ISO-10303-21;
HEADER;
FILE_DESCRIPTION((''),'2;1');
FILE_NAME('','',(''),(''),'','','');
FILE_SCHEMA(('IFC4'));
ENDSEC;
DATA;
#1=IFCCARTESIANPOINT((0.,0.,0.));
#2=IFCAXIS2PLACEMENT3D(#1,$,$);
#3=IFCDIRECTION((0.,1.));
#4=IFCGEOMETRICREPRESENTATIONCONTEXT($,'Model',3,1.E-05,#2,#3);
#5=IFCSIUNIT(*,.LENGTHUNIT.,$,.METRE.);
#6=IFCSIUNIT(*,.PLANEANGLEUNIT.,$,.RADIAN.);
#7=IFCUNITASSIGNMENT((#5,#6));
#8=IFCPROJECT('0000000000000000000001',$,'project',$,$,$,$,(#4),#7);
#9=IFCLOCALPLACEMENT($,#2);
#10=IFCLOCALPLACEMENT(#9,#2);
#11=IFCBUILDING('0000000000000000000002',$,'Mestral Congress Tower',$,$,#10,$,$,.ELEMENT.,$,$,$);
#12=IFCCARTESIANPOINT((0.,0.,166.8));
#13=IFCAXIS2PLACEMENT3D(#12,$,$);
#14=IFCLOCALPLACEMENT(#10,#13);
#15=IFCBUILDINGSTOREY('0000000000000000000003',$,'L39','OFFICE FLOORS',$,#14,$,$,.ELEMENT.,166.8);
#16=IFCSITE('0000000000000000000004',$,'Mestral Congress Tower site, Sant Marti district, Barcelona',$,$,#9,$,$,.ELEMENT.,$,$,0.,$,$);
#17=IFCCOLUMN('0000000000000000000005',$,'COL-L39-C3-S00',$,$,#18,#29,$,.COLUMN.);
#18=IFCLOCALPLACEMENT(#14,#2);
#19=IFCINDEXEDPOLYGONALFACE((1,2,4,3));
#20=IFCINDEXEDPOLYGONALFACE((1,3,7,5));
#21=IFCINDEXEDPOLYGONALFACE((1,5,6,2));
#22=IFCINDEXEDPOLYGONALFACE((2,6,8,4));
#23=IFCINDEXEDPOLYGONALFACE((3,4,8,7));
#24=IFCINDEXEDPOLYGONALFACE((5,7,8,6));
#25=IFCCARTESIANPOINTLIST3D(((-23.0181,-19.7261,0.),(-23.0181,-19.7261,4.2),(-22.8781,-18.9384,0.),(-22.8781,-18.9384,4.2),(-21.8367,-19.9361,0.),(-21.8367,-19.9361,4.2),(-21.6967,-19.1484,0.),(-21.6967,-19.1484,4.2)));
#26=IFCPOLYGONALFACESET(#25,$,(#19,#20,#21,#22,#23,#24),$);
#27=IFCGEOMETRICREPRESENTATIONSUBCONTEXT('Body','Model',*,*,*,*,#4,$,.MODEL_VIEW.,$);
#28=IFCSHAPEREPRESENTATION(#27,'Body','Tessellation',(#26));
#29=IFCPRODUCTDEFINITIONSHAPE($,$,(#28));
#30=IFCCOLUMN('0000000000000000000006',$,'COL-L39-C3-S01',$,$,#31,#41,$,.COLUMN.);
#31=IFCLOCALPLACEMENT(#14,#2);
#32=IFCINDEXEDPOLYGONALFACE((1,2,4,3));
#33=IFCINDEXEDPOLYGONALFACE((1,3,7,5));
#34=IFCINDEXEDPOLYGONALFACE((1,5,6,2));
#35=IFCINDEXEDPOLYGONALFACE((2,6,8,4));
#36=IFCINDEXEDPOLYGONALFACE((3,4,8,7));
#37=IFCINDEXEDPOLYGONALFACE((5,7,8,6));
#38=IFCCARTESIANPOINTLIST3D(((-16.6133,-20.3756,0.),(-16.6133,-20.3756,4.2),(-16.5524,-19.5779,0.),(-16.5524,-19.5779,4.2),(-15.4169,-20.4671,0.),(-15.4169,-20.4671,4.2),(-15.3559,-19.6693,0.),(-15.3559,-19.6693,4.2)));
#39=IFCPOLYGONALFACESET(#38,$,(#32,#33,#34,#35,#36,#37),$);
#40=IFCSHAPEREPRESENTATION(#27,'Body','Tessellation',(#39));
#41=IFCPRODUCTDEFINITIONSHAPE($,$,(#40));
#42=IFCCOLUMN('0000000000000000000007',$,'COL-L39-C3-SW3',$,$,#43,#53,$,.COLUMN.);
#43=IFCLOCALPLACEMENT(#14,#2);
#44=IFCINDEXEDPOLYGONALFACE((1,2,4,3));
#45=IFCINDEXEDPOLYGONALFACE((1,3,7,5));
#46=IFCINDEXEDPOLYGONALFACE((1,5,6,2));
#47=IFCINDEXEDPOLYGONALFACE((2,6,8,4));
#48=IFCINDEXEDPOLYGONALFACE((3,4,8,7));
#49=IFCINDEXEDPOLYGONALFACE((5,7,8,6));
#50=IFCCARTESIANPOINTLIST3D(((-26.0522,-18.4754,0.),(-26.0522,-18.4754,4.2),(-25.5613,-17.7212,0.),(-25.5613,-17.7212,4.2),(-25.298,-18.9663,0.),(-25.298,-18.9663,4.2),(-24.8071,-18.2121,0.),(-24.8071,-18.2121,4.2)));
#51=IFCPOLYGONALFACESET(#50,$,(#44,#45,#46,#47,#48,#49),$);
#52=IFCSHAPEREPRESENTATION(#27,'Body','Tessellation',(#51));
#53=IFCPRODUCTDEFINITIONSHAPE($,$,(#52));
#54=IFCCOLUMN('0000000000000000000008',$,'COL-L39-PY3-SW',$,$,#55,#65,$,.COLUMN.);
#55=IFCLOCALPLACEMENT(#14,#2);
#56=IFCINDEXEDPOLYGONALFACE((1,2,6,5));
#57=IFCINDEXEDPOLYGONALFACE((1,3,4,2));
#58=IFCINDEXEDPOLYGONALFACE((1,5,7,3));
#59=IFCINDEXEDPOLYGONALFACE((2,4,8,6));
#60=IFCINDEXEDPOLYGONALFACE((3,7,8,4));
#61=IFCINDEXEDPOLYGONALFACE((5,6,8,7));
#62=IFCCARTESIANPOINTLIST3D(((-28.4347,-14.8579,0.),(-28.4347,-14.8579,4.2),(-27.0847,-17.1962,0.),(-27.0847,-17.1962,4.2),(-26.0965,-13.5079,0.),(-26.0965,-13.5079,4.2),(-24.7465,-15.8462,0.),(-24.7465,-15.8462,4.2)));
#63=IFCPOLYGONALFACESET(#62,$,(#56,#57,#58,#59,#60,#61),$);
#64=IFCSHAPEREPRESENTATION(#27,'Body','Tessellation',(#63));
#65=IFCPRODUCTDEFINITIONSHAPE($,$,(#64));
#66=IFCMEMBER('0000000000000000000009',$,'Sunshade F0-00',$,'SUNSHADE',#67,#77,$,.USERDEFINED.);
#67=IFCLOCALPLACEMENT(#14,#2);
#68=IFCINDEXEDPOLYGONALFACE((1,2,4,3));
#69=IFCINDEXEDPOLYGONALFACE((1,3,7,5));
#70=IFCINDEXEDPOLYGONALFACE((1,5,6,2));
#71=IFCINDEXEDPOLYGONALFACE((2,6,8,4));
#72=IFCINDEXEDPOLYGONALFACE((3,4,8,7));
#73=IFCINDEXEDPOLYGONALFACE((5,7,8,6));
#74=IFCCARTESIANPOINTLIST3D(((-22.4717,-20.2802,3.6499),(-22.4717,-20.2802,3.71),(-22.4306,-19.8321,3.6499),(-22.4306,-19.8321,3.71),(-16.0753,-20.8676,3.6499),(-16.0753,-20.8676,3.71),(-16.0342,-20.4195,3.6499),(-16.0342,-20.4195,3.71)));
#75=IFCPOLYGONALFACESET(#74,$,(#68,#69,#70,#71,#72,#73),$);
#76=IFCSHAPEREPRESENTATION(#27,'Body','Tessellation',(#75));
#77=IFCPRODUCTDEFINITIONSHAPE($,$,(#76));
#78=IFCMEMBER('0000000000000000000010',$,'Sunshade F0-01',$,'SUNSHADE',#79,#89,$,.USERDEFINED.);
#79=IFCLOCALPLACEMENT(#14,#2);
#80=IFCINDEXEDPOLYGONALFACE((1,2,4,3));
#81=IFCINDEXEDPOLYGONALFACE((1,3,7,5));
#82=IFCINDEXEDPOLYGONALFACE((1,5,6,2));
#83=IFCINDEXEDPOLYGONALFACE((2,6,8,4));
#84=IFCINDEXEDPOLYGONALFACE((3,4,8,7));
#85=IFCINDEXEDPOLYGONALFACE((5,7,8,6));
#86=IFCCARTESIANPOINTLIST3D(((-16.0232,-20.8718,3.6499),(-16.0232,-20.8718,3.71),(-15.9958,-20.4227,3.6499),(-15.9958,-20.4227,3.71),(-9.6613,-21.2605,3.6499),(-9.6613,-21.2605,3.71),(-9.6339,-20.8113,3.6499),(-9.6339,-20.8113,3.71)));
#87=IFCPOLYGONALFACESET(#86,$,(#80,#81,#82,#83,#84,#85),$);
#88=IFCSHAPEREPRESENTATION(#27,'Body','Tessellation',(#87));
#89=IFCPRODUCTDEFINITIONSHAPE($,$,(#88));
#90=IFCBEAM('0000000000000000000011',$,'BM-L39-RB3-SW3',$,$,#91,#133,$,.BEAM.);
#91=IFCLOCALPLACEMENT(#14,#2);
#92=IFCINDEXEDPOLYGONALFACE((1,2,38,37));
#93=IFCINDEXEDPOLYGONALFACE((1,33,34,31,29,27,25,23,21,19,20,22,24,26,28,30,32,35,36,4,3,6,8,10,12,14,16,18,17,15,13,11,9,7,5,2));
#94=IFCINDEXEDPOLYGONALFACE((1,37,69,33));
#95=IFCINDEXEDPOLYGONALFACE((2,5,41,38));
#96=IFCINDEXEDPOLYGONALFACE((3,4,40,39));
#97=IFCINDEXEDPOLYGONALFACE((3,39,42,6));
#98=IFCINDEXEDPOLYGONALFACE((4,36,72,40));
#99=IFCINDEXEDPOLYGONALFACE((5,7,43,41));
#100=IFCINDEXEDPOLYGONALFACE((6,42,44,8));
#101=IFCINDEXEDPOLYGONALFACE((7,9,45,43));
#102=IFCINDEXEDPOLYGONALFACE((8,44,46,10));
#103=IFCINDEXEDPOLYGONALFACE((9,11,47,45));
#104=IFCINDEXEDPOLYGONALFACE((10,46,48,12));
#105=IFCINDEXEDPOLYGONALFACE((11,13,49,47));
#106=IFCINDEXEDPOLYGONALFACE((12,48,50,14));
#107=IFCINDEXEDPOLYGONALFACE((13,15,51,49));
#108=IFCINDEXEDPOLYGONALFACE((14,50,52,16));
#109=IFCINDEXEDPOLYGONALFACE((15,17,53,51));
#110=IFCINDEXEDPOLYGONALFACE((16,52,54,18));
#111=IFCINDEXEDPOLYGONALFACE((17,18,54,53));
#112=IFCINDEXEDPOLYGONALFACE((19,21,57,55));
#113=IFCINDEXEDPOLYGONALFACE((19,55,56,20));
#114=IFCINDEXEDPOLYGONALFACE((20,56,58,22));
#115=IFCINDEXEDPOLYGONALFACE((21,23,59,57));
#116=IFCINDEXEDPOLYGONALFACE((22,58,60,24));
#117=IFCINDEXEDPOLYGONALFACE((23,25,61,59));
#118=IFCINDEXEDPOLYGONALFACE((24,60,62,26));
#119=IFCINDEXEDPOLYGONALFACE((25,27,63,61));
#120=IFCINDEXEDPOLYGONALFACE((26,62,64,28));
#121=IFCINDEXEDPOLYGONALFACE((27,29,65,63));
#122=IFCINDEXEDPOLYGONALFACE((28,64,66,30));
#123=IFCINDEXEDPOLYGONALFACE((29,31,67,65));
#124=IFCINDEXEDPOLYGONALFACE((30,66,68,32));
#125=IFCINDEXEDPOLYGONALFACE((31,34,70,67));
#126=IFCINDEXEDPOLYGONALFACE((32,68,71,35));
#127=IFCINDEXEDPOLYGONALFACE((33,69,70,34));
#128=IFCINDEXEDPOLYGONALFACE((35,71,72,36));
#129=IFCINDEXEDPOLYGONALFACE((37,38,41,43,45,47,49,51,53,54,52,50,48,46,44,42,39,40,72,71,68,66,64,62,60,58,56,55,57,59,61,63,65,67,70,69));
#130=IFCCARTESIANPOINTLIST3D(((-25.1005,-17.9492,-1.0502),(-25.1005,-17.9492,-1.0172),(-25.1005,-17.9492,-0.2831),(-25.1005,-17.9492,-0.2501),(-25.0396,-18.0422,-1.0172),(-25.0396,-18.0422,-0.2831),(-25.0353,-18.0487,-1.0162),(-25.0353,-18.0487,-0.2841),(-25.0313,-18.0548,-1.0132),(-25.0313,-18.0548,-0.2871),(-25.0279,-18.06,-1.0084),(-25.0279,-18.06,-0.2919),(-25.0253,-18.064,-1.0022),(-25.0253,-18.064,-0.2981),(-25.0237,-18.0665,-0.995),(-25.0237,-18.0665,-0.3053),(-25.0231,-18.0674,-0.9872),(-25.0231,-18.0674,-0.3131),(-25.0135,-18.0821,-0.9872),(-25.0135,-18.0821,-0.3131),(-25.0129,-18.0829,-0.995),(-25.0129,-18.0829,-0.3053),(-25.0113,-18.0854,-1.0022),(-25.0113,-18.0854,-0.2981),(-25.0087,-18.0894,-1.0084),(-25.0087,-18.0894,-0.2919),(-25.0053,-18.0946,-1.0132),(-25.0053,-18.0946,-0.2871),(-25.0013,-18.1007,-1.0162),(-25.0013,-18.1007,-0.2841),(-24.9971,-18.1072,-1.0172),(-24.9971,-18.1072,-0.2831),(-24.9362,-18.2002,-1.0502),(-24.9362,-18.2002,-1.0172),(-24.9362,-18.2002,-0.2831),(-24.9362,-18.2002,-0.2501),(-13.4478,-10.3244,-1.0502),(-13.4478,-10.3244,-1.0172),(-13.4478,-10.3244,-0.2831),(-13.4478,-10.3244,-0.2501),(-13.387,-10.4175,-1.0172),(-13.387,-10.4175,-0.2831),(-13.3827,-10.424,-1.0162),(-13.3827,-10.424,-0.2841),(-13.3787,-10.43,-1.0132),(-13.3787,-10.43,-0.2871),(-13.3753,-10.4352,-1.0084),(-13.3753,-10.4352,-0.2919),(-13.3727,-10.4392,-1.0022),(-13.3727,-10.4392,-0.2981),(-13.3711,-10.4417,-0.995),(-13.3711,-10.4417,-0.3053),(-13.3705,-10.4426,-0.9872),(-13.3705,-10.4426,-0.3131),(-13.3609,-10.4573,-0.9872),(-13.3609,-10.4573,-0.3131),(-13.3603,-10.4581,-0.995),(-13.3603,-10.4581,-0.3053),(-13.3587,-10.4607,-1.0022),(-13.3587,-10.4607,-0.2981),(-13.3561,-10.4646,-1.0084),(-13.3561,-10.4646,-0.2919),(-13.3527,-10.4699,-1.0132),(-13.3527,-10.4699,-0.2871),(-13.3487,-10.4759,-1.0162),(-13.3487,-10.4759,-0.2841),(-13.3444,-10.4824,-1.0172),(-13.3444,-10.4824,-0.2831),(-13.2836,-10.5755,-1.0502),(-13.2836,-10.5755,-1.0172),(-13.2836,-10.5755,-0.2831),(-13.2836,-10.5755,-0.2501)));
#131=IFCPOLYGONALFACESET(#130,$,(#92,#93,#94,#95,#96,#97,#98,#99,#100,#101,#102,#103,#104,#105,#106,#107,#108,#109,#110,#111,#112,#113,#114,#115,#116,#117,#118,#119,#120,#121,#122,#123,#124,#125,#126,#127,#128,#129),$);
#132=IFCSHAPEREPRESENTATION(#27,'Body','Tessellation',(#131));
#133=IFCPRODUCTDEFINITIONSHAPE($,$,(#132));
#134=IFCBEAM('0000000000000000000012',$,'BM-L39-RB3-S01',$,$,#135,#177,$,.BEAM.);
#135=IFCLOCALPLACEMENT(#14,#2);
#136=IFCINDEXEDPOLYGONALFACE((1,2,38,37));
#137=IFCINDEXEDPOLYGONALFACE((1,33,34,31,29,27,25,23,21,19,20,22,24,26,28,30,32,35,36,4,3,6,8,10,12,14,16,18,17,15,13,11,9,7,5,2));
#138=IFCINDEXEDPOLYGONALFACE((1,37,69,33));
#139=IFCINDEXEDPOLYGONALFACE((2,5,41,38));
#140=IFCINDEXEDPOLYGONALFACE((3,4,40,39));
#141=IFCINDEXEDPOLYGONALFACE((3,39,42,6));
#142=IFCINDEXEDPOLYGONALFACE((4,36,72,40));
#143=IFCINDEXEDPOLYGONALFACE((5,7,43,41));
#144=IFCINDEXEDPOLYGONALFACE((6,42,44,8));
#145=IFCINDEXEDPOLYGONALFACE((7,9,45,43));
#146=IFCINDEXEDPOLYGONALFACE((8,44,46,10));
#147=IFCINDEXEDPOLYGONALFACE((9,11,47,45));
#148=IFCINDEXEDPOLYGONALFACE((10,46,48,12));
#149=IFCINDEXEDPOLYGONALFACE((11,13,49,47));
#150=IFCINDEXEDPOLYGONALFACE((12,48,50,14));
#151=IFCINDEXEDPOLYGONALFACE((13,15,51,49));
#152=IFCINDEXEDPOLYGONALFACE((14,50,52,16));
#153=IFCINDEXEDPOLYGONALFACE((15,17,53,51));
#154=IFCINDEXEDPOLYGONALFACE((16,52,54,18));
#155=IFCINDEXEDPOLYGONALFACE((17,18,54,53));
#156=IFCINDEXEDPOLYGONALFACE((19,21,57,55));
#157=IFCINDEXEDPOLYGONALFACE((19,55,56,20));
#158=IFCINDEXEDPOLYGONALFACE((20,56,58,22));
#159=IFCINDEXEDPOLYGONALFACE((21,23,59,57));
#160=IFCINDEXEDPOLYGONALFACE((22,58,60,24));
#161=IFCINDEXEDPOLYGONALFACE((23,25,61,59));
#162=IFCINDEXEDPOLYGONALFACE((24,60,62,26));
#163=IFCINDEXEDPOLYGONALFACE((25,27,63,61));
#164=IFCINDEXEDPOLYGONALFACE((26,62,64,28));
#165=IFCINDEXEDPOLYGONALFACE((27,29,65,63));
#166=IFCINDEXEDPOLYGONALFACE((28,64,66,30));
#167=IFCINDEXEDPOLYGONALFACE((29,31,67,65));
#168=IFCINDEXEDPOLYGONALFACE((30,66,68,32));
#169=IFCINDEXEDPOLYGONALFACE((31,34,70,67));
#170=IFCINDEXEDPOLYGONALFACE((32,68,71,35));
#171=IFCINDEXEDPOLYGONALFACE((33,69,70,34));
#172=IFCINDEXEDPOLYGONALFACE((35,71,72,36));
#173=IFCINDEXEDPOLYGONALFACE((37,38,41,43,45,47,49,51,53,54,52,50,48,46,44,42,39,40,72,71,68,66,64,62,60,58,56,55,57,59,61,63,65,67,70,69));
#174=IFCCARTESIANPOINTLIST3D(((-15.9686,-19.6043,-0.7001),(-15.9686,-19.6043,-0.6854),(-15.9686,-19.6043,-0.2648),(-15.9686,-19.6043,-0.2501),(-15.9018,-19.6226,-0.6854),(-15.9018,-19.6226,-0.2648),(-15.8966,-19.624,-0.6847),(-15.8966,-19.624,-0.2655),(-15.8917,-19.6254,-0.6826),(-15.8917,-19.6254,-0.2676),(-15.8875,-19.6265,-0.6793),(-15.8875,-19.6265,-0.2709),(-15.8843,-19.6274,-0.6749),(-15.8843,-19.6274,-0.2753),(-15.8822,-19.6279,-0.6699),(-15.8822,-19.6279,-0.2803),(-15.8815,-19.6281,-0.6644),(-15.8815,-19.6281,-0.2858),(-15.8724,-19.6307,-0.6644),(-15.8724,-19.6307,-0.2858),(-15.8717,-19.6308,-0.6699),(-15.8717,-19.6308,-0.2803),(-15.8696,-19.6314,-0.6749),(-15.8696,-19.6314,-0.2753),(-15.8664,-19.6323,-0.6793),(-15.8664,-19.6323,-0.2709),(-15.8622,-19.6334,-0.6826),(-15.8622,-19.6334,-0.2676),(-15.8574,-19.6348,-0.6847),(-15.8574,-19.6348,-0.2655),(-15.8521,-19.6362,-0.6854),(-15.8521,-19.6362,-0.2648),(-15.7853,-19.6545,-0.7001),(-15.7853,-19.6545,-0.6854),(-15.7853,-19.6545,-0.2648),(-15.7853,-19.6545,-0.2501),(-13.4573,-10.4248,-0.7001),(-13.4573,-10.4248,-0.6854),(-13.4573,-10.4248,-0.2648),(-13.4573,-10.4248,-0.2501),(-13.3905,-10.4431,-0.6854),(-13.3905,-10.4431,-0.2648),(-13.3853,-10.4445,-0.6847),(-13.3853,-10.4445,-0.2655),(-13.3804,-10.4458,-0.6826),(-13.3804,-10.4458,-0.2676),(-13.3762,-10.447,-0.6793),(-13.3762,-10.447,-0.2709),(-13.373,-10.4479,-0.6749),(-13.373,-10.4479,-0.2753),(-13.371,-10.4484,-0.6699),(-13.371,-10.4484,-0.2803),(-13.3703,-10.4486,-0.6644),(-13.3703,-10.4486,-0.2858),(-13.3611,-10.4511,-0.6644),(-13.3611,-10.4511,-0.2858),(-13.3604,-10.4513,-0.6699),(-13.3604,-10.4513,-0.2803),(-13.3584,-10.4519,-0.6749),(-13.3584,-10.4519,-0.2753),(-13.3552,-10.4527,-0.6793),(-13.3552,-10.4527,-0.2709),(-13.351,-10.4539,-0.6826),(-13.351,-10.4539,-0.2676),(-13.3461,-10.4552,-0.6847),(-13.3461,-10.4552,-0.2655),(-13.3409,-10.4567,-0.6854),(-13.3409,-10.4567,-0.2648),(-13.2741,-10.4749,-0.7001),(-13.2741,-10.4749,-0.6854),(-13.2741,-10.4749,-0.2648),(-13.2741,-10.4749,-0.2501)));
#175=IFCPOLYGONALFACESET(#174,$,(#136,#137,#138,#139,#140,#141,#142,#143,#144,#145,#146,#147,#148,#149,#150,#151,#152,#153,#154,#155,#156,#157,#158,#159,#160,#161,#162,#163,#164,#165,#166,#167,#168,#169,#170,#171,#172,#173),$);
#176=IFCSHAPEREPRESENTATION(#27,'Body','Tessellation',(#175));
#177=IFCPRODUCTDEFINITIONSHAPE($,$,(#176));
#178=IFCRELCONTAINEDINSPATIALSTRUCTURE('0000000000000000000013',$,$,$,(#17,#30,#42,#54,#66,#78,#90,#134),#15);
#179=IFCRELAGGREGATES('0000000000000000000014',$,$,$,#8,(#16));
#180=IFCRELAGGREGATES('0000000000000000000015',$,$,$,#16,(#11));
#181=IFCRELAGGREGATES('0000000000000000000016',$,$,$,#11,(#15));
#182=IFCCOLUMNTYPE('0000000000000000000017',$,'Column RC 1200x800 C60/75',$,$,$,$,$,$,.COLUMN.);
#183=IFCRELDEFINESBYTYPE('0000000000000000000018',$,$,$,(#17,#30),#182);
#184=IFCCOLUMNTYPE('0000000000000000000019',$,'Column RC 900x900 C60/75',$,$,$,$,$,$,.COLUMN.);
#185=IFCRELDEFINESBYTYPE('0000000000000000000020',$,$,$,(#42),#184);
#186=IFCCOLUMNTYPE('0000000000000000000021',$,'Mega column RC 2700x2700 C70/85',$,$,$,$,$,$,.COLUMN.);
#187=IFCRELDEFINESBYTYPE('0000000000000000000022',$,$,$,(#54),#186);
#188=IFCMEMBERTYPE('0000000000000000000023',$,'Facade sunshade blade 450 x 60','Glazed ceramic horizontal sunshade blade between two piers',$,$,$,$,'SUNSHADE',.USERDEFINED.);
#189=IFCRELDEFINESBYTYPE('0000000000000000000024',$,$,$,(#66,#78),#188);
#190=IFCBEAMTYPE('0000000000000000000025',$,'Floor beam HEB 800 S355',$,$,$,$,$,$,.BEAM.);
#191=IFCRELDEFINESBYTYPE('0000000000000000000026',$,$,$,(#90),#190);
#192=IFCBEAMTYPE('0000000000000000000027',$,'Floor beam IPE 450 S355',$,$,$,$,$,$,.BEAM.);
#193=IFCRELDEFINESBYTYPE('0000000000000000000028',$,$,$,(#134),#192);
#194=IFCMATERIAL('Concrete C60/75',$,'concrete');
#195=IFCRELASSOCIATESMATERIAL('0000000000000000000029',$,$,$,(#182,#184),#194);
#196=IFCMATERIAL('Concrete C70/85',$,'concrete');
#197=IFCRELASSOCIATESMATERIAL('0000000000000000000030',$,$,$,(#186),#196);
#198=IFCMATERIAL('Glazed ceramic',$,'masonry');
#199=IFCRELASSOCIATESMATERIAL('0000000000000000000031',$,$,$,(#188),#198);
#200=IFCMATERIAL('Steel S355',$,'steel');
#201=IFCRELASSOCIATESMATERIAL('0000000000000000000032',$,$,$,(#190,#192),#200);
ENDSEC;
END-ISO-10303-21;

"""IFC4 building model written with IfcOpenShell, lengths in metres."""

from ifc_helpers import new_model, si_unit, direction, frame, origin, origin_2d, place, context, subcontext, project, spatial, rectangle, i_section, extrude, material, material_profile, profile_set, type_object, element, save


model = new_model("IFC4")

# Units and contexts
model_context = context("Model", 3, precision=1e-05, world=origin(), true_north=direction((0.0, 1.0)))
body_context = subcontext(model_context, "Body", "Model", "MODEL_VIEW")
ifc_project = project(units=[si_unit("LENGTHUNIT", "METRE"), si_unit("PLANEANGLEUNIT", "RADIAN")], contexts=[model_context])

# Site, building, storey
site_placement = place(None, origin())
site = spatial("IfcSite", under=ifc_project, at=site_placement, Name="Mestral Congress Tower site, Sant Marti district, Barcelona", CompositionType="ELEMENT", RefElevation=0.0)
building_placement = place(site_placement, origin())
building = spatial("IfcBuilding", under=site, at=building_placement, Name="Mestral Congress Tower", CompositionType="ELEMENT")
storey_placement = place(building_placement, frame((0.0, 0.0, 166.8)))
storey = spatial("IfcBuildingStorey", under=building, at=storey_placement, Name="L39", Description="OFFICE FLOORS", CompositionType="ELEMENT", Elevation=166.8)

# Columns
ifc_material_1 = material(Name="Concrete C60/75", Category="concrete")
ifc_material_profile_1 = material_profile(ifc_material_1, rectangle(XDim=1.2, YDim=0.8, at=origin_2d()), Name="RC 1200x800")
ifc_profile_set_1 = profile_set([ifc_material_profile_1], Name="Concrete C60/75")
column_type_1 = type_object("IfcColumnType", Name="Column RC 1200x800 C60/75", PredefinedType="COLUMN", material=ifc_profile_set_1)
for number, where, z_axis, x_axis, name in (
    (1, (-22.3574, -19.4373, 0.0), (0.0, 0.0, 1.0), (0.984571, -0.174985, 0.0), "COL-L39-C3-S00"),
    (2, (-15.9846, -20.0225, 0.0), (0.0, 0.0, 1.0), (0.99709, -0.076237, 0.0), "COL-L39-C3-S01"),
):
    element("IfcColumn", number, at=place(storey_placement, frame(where, z_axis=z_axis, x_axis=x_axis)), inside=storey, type_object=column_type_1, Name=name, PredefinedType="COLUMN", context=body_context, shape_type="SweptSolid", body=[
        extrude(rectangle(XDim=1.2, YDim=0.8, at=origin_2d()), origin(), (0.0, 0.0, 1.0), 4.2),
    ])
ifc_material_profile_2 = material_profile(ifc_material_1, rectangle(XDim=0.8999, YDim=0.8999, at=origin_2d()), Name="RC 900x900")
ifc_profile_set_2 = profile_set([ifc_material_profile_2], Name="Concrete C60/75")
column_type_2 = type_object("IfcColumnType", Name="Column RC 900x900 C60/75", PredefinedType="COLUMN", material=ifc_profile_set_2)
column_1_placement = place(storey_placement, frame((-25.4297, -18.3438, 0.0), z_axis=(0.0, 0.0, 1.0), x_axis=(0.838094, -0.545526, 0.0)))
element("IfcColumn", 3, at=column_1_placement, inside=storey, type_object=column_type_2, Name="COL-L39-C3-SW3", PredefinedType="COLUMN", context=body_context, shape_type="SweptSolid", body=[
    extrude(rectangle(XDim=0.8999, YDim=0.8999, at=origin_2d()), origin(), (0.0, 0.0, 1.0), 4.2),
])
ifc_material_2 = material(Name="Concrete C70/85", Category="concrete")
ifc_material_profile_3 = material_profile(ifc_material_2, rectangle(XDim=2.7, YDim=2.7, at=origin_2d()), Name="RC 2700x2700")
ifc_profile_set_3 = profile_set([ifc_material_profile_3], Name="Concrete C70/85")
column_type_3 = type_object("IfcColumnType", Name="Mega column RC 2700x2700 C70/85", PredefinedType="COLUMN", material=ifc_profile_set_3)
column_2_placement = place(storey_placement, frame((-26.5906, -15.3521, 0.0), z_axis=(0.0, 0.0, 1.0), x_axis=(-0.866025, -0.5, 0.0)))
element("IfcColumn", 4, at=column_2_placement, inside=storey, type_object=column_type_3, Name="COL-L39-PY3-SW", PredefinedType="COLUMN", context=body_context, shape_type="SweptSolid", body=[
    extrude(rectangle(XDim=2.7, YDim=2.7, at=origin_2d()), origin(), (0.0, 0.0, 1.0), 4.2),
])

# Members
ifc_material_3 = material(Name="Glazed ceramic", Category="masonry")
ifc_material_profile_4 = material_profile(ifc_material_3, rectangle(XDim=0.45, YDim=0.0601, at=origin_2d()), Name="Ceramic blade 450 x 60")
ifc_profile_set_4 = profile_set([ifc_material_profile_4], Name="Glazed ceramic")
member_type = type_object("IfcMemberType", Name="Facade sunshade blade 450 x 60", Description="Glazed ceramic horizontal sunshade blade between two piers", ElementType="SUNSHADE", PredefinedType="USERDEFINED", material=ifc_profile_set_4)
member_1_placement = place(storey_placement, frame((-22.4512, -20.0562, 3.6799), z_axis=(0.99581, -0.091447, 0.0), x_axis=(0.091447, 0.99581, 0.0)))
element("IfcMember", 5, at=member_1_placement, inside=storey, type_object=member_type, Name="Sunshade F0-00", ObjectType="SUNSHADE", PredefinedType="USERDEFINED", context=body_context, shape_type="SweptSolid", body=[
    extrude(rectangle(XDim=0.45, YDim=0.0601, at=origin_2d()), origin(), (0.0, 0.0, 1.0), 6.4233),
])
member_2_placement = place(storey_placement, frame((-16.0095, -20.6472, 3.6799), z_axis=(0.998139, -0.060981, 0.0), x_axis=(0.060981, 0.998139, 0.0)))
element("IfcMember", 6, at=member_2_placement, inside=storey, type_object=member_type, Name="Sunshade F0-01", ObjectType="SUNSHADE", PredefinedType="USERDEFINED", context=body_context, shape_type="SweptSolid", body=[
    extrude(rectangle(XDim=0.45, YDim=0.0601, at=origin_2d()), origin(), (0.0, 0.0, 1.0), 6.3738),
])

# Beams
ifc_material_4 = material(Name="Steel S355", Category="steel")
ifc_material_profile_5 = material_profile(ifc_material_4, i_section(OverallWidth=0.3, OverallDepth=0.8, WebThickness=0.0176, FlangeThickness=0.033, FilletRadius=0.03, at=origin_2d()), Name="HEB 800")
ifc_profile_set_5 = profile_set([ifc_material_profile_5], Name="Steel S355")
beam_type_1 = type_object("IfcBeamType", Name="Floor beam HEB 800 S355", PredefinedType="BEAM", material=ifc_profile_set_5)
beam_1_placement = place(storey_placement, frame((-25.0183, -18.0747, -0.6501), z_axis=(0.83678, 0.547539, 0.0), x_axis=(-0.547539, 0.83678, 0.0)))
element("IfcBeam", 7, at=beam_1_placement, inside=storey, type_object=beam_type_1, Name="BM-L39-RB3-SW3", PredefinedType="BEAM", context=body_context, shape_type="SweptSolid", body=[
    extrude(i_section(OverallWidth=0.3, OverallDepth=0.8, WebThickness=0.0176, FlangeThickness=0.033, FilletRadius=0.03, at=origin_2d()), origin(), (0.0, 0.0, 1.0), 13.9255),
])
ifc_material_profile_6 = material_profile(ifc_material_4, i_section(OverallWidth=0.1899, OverallDepth=0.45, WebThickness=0.0095, FlangeThickness=0.0146, FilletRadius=0.021, at=origin_2d()), Name="IPE 450")
ifc_profile_set_6 = profile_set([ifc_material_profile_6], Name="Steel S355")
beam_type_2 = type_object("IfcBeamType", Name="Floor beam IPE 450 S355", PredefinedType="BEAM", material=ifc_profile_set_6)
beam_2_placement = place(storey_placement, frame((-15.877, -19.6294, -0.4751), z_axis=(0.263875, 0.964557, 0.0), x_axis=(-0.964557, 0.263875, 0.0)))
element("IfcBeam", 8, at=beam_2_placement, inside=storey, type_object=beam_type_2, Name="BM-L39-RB3-S01", PredefinedType="BEAM", context=body_context, shape_type="SweptSolid", body=[
    extrude(i_section(OverallWidth=0.1899, OverallDepth=0.45, WebThickness=0.0095, FlangeThickness=0.0146, FilletRadius=0.021, at=origin_2d()), origin(), (0.0, 0.0, 1.0), 9.5168),
])

save(model, "model.ifc")
